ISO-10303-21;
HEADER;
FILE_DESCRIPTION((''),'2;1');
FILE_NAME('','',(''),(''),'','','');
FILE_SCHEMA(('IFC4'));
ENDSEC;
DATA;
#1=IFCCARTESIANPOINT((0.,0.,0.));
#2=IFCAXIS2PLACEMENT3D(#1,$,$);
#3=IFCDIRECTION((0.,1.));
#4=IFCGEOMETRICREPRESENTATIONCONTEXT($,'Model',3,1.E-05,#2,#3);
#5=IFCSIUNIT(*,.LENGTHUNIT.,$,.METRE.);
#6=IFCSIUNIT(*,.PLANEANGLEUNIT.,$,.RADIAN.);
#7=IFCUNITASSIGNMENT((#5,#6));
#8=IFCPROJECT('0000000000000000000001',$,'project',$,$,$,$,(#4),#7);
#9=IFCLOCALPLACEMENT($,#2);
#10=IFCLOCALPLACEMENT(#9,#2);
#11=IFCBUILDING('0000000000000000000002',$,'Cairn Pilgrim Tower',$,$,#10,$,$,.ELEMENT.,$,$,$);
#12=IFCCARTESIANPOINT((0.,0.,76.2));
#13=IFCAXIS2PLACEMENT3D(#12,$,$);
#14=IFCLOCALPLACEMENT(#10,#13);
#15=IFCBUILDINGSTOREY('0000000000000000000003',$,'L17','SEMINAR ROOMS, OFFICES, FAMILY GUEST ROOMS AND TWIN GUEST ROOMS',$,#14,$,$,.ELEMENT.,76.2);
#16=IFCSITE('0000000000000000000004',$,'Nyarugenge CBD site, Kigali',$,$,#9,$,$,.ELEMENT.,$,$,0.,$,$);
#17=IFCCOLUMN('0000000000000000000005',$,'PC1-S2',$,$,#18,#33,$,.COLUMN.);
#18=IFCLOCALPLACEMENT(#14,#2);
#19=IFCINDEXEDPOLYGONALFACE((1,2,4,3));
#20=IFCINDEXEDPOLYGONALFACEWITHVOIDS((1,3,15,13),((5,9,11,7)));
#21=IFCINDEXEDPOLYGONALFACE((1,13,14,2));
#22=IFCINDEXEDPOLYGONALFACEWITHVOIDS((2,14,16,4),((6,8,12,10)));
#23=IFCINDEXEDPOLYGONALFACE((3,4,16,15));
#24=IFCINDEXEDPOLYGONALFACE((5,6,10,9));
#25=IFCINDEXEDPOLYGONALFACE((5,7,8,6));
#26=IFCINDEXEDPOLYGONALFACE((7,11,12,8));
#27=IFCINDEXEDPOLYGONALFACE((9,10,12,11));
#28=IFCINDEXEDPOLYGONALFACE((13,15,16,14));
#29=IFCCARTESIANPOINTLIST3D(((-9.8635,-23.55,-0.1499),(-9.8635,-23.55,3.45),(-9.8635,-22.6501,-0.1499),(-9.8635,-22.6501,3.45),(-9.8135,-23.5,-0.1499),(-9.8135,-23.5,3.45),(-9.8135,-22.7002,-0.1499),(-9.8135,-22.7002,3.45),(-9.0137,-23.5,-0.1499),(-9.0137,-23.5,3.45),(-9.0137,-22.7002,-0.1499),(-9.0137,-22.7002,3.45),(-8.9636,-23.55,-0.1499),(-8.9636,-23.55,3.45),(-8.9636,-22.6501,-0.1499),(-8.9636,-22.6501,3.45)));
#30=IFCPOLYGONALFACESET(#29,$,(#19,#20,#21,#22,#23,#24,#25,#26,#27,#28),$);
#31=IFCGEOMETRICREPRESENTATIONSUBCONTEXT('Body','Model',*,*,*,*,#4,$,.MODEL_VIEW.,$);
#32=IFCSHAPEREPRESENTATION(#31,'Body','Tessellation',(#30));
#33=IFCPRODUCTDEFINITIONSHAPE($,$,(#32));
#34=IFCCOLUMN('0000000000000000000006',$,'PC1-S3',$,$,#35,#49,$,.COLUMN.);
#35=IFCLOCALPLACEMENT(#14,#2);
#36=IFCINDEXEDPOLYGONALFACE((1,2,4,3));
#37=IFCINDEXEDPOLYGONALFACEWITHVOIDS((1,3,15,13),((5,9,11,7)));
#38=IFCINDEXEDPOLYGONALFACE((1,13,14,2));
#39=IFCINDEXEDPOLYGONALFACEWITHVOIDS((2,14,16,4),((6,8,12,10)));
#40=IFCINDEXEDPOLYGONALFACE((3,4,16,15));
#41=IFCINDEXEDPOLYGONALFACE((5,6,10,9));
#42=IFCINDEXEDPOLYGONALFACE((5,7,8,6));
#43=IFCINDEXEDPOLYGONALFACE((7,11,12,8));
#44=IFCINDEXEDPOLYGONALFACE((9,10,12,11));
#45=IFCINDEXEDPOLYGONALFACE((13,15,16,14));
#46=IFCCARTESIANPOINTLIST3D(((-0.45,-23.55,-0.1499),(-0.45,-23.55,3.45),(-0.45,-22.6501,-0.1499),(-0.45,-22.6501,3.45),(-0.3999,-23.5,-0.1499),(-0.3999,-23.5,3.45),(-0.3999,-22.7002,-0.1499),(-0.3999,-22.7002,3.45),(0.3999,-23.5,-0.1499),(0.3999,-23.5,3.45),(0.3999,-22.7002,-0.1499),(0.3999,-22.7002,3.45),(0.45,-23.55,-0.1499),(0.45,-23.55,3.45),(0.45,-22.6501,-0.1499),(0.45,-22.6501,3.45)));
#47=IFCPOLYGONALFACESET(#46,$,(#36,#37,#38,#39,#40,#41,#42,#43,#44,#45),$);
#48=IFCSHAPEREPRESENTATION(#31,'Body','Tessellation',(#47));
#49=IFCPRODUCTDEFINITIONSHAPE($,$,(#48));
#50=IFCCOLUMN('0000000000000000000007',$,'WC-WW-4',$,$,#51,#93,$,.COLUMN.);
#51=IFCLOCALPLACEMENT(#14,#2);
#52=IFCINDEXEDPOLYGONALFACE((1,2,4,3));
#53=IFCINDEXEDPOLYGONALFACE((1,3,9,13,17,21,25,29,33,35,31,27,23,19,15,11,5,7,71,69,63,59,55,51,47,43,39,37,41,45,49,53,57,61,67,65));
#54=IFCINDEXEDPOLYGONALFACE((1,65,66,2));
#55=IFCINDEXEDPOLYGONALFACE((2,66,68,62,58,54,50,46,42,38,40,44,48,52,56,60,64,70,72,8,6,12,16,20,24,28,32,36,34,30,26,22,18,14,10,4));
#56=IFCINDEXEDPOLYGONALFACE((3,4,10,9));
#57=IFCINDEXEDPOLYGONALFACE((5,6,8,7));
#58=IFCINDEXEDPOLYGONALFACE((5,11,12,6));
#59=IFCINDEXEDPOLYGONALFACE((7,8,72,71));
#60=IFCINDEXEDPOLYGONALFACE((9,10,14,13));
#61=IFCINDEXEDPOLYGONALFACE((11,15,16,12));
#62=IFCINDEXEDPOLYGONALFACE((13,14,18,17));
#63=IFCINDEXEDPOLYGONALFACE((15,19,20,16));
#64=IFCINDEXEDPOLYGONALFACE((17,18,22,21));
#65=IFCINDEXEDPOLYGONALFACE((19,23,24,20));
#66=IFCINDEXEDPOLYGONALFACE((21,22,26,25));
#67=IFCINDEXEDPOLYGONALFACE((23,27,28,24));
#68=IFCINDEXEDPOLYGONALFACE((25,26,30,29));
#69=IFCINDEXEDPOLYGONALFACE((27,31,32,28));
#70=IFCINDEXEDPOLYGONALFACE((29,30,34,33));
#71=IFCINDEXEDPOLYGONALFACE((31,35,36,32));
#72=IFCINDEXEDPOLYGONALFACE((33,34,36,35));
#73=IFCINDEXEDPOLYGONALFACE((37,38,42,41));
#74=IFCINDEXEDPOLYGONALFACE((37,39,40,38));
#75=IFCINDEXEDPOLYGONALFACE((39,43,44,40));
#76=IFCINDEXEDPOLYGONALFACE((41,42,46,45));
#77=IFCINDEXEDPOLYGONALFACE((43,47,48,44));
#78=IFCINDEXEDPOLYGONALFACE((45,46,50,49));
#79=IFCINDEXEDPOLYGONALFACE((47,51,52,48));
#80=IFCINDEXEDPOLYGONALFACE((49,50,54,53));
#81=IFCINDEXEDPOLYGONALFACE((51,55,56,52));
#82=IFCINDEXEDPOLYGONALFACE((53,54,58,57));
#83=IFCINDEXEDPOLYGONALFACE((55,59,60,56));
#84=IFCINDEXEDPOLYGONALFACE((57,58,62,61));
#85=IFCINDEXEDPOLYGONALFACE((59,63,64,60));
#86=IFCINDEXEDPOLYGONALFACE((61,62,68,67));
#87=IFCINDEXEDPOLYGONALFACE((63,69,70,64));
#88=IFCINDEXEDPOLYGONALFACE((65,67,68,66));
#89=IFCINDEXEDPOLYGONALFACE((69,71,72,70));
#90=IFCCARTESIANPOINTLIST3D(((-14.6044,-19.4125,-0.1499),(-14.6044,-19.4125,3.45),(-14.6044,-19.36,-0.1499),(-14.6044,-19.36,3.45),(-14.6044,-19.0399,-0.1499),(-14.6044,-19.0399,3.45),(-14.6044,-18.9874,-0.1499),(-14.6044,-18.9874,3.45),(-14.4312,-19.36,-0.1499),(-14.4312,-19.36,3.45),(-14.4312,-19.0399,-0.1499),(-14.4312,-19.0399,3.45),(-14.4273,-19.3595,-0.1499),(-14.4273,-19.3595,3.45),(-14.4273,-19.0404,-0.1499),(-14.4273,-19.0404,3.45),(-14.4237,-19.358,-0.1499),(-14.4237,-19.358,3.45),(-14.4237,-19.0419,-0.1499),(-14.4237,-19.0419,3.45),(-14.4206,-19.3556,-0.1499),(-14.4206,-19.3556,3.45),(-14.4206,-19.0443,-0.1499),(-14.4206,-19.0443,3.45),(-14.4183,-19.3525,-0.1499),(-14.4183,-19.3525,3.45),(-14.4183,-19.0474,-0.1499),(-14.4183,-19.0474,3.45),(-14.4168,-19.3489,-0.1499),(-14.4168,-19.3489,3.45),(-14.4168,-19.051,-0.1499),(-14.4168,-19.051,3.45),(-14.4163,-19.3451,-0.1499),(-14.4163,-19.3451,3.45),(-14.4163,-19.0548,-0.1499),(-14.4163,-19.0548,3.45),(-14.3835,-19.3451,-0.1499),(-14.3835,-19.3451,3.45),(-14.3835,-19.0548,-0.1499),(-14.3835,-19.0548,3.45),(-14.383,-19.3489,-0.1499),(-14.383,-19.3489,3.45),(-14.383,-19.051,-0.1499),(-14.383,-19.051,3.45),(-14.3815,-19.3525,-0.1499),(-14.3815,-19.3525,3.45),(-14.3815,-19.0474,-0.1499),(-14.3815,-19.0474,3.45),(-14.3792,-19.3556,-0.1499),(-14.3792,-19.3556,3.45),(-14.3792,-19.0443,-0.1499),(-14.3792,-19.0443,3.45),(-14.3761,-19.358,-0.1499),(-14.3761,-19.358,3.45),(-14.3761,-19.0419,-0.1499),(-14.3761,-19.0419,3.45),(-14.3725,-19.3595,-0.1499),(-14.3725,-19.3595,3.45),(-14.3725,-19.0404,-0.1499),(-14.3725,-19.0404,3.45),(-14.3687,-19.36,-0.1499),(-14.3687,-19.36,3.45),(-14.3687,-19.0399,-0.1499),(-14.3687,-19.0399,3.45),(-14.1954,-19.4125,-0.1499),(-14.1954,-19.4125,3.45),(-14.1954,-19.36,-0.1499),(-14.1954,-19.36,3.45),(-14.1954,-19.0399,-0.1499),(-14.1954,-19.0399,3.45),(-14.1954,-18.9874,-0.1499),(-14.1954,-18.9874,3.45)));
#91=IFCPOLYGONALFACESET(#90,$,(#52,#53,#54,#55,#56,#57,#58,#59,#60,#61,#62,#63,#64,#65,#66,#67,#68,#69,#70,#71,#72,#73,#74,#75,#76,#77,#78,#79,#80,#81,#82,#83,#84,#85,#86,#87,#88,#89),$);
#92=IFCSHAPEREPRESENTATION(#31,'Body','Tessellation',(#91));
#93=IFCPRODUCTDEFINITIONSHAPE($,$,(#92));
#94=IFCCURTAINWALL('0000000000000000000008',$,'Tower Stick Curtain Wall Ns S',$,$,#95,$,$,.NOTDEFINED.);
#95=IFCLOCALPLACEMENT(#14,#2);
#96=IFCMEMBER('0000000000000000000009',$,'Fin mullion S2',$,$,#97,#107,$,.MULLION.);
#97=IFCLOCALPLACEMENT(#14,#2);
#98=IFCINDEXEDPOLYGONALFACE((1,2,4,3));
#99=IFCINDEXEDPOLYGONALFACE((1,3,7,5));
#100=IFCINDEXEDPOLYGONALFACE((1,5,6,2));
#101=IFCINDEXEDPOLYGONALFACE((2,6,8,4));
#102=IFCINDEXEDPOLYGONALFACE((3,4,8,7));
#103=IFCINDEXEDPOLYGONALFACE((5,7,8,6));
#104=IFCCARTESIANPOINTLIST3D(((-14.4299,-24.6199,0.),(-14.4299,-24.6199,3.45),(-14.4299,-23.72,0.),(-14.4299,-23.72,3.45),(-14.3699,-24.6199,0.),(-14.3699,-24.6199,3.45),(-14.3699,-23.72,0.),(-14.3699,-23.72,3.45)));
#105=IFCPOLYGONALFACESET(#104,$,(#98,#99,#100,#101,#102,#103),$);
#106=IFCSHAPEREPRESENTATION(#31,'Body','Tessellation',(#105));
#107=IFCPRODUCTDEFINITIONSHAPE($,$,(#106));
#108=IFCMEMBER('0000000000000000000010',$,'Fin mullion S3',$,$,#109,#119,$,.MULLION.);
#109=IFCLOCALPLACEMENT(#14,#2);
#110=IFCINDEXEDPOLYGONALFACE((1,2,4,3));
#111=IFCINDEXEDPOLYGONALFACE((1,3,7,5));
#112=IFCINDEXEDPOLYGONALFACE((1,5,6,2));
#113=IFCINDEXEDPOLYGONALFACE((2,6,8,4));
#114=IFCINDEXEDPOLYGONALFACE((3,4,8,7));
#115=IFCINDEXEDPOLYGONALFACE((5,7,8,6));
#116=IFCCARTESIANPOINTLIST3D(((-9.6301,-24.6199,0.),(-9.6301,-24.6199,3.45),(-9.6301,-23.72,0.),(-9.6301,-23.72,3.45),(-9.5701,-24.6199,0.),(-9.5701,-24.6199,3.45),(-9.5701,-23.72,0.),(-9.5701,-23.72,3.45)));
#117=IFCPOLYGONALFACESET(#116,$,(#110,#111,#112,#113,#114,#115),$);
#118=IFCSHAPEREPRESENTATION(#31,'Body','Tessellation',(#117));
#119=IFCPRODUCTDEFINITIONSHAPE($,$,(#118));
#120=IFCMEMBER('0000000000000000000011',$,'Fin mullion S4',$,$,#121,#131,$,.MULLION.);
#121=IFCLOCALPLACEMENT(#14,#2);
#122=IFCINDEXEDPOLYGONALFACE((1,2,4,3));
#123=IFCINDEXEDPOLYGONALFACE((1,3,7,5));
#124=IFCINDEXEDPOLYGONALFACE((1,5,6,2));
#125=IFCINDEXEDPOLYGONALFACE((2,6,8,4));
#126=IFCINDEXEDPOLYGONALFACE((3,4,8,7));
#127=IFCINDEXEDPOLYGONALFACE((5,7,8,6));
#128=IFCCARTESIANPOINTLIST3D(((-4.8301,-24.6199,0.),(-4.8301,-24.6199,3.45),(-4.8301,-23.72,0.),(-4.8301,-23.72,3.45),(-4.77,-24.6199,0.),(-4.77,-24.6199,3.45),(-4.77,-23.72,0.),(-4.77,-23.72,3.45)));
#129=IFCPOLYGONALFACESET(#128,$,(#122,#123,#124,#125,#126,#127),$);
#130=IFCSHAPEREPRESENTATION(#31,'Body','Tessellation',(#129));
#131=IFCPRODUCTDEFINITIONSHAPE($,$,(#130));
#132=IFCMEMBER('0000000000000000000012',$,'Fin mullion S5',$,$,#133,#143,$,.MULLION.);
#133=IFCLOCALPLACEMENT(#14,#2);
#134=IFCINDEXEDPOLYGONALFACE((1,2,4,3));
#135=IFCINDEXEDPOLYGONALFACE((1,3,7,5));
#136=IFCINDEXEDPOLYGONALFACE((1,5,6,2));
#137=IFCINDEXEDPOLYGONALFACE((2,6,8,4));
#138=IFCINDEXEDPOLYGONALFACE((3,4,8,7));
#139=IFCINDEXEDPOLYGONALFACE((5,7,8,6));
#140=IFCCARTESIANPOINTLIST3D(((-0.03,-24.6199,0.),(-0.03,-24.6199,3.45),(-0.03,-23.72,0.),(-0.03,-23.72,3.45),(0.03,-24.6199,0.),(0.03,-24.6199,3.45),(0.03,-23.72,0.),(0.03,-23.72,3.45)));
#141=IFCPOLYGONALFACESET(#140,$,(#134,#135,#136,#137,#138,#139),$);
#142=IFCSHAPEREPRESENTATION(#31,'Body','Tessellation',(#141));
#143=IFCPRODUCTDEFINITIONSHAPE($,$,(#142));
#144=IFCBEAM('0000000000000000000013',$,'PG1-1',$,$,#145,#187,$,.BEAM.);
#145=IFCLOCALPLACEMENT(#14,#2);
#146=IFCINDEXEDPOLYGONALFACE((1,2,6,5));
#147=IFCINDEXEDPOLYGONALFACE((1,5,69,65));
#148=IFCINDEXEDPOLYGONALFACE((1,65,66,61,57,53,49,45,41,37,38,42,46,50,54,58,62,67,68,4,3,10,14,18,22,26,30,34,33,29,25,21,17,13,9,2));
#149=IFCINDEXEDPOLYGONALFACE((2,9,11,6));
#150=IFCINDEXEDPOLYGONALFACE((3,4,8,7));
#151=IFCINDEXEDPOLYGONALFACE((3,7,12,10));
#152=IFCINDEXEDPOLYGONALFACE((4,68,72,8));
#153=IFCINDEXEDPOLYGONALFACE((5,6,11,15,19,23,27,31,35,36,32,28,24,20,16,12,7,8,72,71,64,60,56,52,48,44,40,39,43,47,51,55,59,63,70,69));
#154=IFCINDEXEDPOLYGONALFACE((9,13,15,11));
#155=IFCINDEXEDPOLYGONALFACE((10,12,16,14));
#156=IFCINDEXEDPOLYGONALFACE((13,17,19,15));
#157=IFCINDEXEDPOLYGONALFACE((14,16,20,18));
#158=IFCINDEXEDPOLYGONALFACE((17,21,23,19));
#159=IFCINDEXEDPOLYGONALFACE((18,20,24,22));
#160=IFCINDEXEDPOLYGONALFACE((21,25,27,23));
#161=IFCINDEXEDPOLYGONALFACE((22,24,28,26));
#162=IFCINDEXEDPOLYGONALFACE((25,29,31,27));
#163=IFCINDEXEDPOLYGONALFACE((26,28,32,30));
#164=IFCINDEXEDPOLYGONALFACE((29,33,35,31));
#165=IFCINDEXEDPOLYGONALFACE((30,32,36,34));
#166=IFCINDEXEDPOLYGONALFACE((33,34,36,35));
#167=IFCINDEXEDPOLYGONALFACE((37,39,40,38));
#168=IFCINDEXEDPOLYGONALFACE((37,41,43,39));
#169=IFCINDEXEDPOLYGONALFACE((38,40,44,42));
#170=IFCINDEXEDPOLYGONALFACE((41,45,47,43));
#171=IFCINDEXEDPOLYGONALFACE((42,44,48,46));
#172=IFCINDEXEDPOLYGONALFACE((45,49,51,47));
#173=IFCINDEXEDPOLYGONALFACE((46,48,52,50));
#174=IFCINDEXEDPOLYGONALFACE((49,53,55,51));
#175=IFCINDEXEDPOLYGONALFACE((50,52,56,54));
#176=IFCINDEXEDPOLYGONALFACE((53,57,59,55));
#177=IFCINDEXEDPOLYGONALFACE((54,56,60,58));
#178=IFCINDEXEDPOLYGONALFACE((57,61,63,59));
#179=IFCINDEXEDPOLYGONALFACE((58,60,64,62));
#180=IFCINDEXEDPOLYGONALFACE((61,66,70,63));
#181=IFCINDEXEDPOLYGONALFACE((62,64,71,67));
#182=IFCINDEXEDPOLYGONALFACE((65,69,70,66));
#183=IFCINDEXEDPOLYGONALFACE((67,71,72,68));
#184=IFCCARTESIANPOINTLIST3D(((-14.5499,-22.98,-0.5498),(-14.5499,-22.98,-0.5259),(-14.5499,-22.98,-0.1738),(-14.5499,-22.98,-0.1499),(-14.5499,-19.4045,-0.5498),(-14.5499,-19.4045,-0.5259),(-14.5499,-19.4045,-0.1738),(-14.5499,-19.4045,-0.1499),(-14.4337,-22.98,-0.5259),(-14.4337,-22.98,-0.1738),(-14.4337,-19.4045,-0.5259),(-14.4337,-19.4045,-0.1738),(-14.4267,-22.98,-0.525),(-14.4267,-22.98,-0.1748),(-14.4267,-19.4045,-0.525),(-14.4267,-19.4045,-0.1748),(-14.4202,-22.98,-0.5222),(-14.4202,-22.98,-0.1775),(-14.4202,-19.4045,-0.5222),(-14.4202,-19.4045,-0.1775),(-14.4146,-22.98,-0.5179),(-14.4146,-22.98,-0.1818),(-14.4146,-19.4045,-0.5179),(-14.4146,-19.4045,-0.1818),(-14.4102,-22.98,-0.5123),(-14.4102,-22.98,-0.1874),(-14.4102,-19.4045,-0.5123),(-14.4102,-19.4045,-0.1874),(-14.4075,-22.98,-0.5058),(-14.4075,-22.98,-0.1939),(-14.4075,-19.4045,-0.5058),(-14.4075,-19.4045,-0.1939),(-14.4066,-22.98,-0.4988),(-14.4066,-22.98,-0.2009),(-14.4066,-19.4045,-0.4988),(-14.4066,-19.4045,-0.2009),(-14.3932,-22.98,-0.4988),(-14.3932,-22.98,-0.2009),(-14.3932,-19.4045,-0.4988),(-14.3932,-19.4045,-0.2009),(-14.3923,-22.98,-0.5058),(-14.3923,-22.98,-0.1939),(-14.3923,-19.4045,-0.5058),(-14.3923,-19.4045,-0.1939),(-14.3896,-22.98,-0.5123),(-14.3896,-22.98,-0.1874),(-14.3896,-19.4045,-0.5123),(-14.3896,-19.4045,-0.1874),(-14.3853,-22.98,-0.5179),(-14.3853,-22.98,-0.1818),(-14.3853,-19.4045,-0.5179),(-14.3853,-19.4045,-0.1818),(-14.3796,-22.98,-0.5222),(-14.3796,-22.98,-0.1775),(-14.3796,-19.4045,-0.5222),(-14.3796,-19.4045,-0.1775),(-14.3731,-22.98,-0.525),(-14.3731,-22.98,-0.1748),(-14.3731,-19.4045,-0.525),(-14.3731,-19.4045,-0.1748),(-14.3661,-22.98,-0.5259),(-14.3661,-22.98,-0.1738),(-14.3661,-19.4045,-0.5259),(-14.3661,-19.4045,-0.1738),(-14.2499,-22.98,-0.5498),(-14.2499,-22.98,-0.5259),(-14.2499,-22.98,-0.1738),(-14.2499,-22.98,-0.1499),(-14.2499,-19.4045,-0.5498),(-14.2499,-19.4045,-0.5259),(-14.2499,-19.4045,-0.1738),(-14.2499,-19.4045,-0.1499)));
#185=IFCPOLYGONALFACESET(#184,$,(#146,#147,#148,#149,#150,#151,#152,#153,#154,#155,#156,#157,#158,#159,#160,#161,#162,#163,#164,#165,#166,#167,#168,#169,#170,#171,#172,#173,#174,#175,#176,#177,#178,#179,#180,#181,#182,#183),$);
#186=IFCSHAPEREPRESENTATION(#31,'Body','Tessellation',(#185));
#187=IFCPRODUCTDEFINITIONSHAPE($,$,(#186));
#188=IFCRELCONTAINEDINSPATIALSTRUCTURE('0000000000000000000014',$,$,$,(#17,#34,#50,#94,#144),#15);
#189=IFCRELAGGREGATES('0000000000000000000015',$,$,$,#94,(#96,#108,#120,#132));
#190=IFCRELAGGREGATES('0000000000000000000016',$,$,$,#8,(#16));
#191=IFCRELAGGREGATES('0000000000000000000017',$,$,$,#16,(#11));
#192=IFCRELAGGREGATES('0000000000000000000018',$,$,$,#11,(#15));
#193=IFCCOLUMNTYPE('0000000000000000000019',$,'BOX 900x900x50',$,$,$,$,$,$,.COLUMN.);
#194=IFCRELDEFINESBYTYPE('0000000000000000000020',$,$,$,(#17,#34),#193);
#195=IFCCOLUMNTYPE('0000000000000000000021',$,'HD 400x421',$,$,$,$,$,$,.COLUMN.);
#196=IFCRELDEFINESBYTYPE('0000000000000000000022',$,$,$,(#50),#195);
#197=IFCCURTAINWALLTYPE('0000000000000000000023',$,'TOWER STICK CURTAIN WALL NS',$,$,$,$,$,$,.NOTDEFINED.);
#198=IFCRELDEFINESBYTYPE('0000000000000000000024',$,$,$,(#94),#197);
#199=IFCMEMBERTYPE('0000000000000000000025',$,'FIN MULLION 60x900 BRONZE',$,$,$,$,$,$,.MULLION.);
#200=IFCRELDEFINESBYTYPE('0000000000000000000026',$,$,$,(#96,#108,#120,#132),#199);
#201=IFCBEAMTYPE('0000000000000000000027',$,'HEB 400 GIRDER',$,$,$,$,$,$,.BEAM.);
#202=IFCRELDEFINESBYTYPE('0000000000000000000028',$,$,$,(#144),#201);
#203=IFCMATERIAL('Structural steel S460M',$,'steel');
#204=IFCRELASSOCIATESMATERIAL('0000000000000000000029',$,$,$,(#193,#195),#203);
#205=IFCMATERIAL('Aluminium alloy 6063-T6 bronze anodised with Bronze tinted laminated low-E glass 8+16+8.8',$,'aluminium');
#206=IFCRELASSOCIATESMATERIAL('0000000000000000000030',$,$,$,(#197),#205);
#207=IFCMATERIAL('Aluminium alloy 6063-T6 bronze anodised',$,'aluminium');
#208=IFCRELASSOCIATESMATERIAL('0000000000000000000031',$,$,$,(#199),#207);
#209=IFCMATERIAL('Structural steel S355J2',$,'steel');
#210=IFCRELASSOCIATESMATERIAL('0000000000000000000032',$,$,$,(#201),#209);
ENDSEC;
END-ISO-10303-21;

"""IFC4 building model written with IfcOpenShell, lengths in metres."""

from ifc_helpers import new_model, si_unit, direction, frame, origin, origin_2d, place, context, subcontext, project, spatial, rectangle, hollow_rectangle, i_section, extrude, material, material_profile, profile_set, type_object, element, aggregate, save


model = new_model("IFC4")

# Units and contexts
model_context = context("Model", 3, precision=1e-05, world=origin(), true_north=direction((0.0, 1.0)))
body_context = subcontext(model_context, "Body", "Model", "MODEL_VIEW")
ifc_project = project(units=[si_unit("LENGTHUNIT", "METRE"), si_unit("PLANEANGLEUNIT", "RADIAN")], contexts=[model_context])

# Site, building, storey
site_placement = place(None, origin())
site = spatial("IfcSite", under=ifc_project, at=site_placement, Name="Nyarugenge CBD site, Kigali", CompositionType="ELEMENT", RefElevation=0.0)
building_placement = place(site_placement, origin())
building = spatial("IfcBuilding", under=site, at=building_placement, Name="Cairn Pilgrim Tower", CompositionType="ELEMENT")
storey_placement = place(building_placement, frame((0.0, 0.0, 76.2)))
storey = spatial("IfcBuildingStorey", under=building, at=storey_placement, Name="L17", Description="SEMINAR ROOMS, OFFICES, FAMILY GUEST ROOMS AND TWIN GUEST ROOMS", CompositionType="ELEMENT", Elevation=76.2)

# Columns
ifc_material_1 = material(Name="Structural steel S460M", Category="steel")
ifc_material_profile_1 = material_profile(ifc_material_1, hollow_rectangle(XDim=0.8999, YDim=0.8999, WallThickness=0.05, at=origin_2d()), Name="BOX 900x900x50")
ifc_profile_set_1 = profile_set([ifc_material_profile_1], Name="Structural steel S460M")
column_type_1 = type_object("IfcColumnType", Name="BOX 900x900x50", PredefinedType="COLUMN", material=ifc_profile_set_1)
for number, where, z_axis, x_axis, name in (
    (1, (-9.4136, -23.1001, -0.1499), (0.0, 0.0, 1.0), (1.0, 0.0, 0.0), "PC1-S2"),
    (2, (0.0, -23.1001, -0.1499), (0.0, 0.0, 1.0), (1.0, 0.0, 0.0), "PC1-S3"),
):
    element("IfcColumn", number, at=place(storey_placement, frame(where, z_axis=z_axis, x_axis=x_axis)), inside=storey, type_object=column_type_1, Name=name, PredefinedType="COLUMN", context=body_context, shape_type="SweptSolid", body=[
        extrude(hollow_rectangle(XDim=0.8999, YDim=0.8999, WallThickness=0.05, at=origin_2d()), origin(), (0.0, 0.0, 1.0), 3.5999),
    ])
ifc_material_profile_2 = material_profile(ifc_material_1, i_section(OverallWidth=0.4089, OverallDepth=0.425, WebThickness=0.0327, FlangeThickness=0.0525, FilletRadius=0.0149, at=origin_2d()), Name="HD 400x421")
ifc_profile_set_2 = profile_set([ifc_material_profile_2], Name="Structural steel S460M")
column_type_2 = type_object("IfcColumnType", Name="HD 400x421", PredefinedType="COLUMN", material=ifc_profile_set_2)
column_placement = place(storey_placement, frame((-14.3999, -19.2, -0.1499), z_axis=(0.0, 0.0, 1.0), x_axis=(1.0, 0.0, 0.0)))
element("IfcColumn", 3, at=column_placement, inside=storey, type_object=column_type_2, Name="WC-WW-4", PredefinedType="COLUMN", context=body_context, shape_type="SweptSolid", body=[
    extrude(i_section(OverallWidth=0.4089, OverallDepth=0.425, WebThickness=0.0327, FlangeThickness=0.0525, FilletRadius=0.0149, at=origin_2d()), origin(), (0.0, 0.0, 1.0), 3.5999),
])

# Curtain wall, members
ifc_material_2 = material(Name="Aluminium alloy 6063-T6 bronze anodised with Bronze tinted laminated low-E glass 8+16+8.8", Category="aluminium")
curtain_wall_type = type_object("IfcCurtainWallType", Name="TOWER STICK CURTAIN WALL NS", PredefinedType="NOTDEFINED", material=ifc_material_2)
curtain_wall_placement = place(storey_placement, origin())
curtain_wall = element("IfcCurtainWall", 4, at=curtain_wall_placement, inside=storey, type_object=curtain_wall_type, Name="Tower Stick Curtain Wall Ns S", PredefinedType="NOTDEFINED")
ifc_material_3 = material(Name="Aluminium alloy 6063-T6 bronze anodised", Category="aluminium")
ifc_material_profile_3 = material_profile(ifc_material_3, rectangle(XDim=0.8999, YDim=0.0601, at=origin_2d()), Name="FIN MULLION 60x900 BRONZE")
ifc_profile_set_3 = profile_set([ifc_material_profile_3], Name="Aluminium alloy 6063-T6 bronze anodised")
member_type_1 = type_object("IfcMemberType", Name="FIN MULLION 60x900 BRONZE", PredefinedType="MULLION", material=ifc_profile_set_3)
member_1_placement = place(storey_placement, frame((-14.3999, -24.1699, 0.0), z_axis=(0.0, 0.0, 1.0), x_axis=(0.0, -1.0, 0.0)))
member_1 = element("IfcMember", 5, at=member_1_placement, type_object=member_type_1, Name="Fin mullion S2", PredefinedType="MULLION", context=body_context, shape_type="SweptSolid", body=[
    extrude(rectangle(XDim=0.8999, YDim=0.0601, at=origin_2d()), origin(), (0.0, 0.0, 1.0), 3.45),
])
member_2_placement = place(storey_placement, frame((-9.6001, -24.1699, 0.0), z_axis=(0.0, 0.0, 1.0), x_axis=(0.0, -1.0, 0.0)))
member_2 = element("IfcMember", 6, at=member_2_placement, type_object=member_type_1, Name="Fin mullion S3", PredefinedType="MULLION", context=body_context, shape_type="SweptSolid", body=[
    extrude(rectangle(XDim=0.8999, YDim=0.0601, at=origin_2d()), origin(), (0.0, 0.0, 1.0), 3.45),
])
member_3_placement = place(storey_placement, frame((-4.8, -24.1699, 0.0), z_axis=(0.0, 0.0, 1.0), x_axis=(0.0, -1.0, 0.0)))
member_3 = element("IfcMember", 7, at=member_3_placement, type_object=member_type_1, Name="Fin mullion S4", PredefinedType="MULLION", context=body_context, shape_type="SweptSolid", body=[
    extrude(rectangle(XDim=0.8999, YDim=0.0601, at=origin_2d()), origin(), (0.0, 0.0, 1.0), 3.45),
])
member_4_placement = place(storey_placement, frame((0.0, -24.1699, 0.0), z_axis=(0.0, 0.0, 1.0), x_axis=(0.0, -1.0, 0.0)))
member_4 = element("IfcMember", 8, at=member_4_placement, type_object=member_type_1, Name="Fin mullion S5", PredefinedType="MULLION", context=body_context, shape_type="SweptSolid", body=[
    extrude(rectangle(XDim=0.8999, YDim=0.0601, at=origin_2d()), origin(), (0.0, 0.0, 1.0), 3.45),
])

# Beam
ifc_material_4 = material(Name="Structural steel S355J2", Category="steel")
ifc_material_profile_4 = material_profile(ifc_material_4, i_section(OverallWidth=0.3, OverallDepth=0.3999, WebThickness=0.0134, FlangeThickness=0.0239, FilletRadius=0.0271, at=origin_2d()), Name="HEB 400")
ifc_profile_set_4 = profile_set([ifc_material_profile_4], Name="Structural steel S355J2")
beam_type_1 = type_object("IfcBeamType", Name="HEB 400 GIRDER", PredefinedType="BEAM", material=ifc_profile_set_4)
beam_1_placement = place(storey_placement, frame((-14.3999, -22.98, -0.3499), z_axis=(0.0, 1.0, 0.0), x_axis=(-1.0, 0.0, 0.0)))
element("IfcBeam", 9, at=beam_1_placement, inside=storey, type_object=beam_type_1, Name="PG1-1", PredefinedType="BEAM", context=body_context, shape_type="SweptSolid", body=[
    extrude(i_section(OverallWidth=0.3, OverallDepth=0.3999, WebThickness=0.0134, FlangeThickness=0.0239, FilletRadius=0.0271, at=origin_2d()), origin(), (0.0, 0.0, 1.0), 3.5754),
])

aggregate(curtain_wall, [member_1, member_2, member_3, member_4])

save(model, "model.ifc")
